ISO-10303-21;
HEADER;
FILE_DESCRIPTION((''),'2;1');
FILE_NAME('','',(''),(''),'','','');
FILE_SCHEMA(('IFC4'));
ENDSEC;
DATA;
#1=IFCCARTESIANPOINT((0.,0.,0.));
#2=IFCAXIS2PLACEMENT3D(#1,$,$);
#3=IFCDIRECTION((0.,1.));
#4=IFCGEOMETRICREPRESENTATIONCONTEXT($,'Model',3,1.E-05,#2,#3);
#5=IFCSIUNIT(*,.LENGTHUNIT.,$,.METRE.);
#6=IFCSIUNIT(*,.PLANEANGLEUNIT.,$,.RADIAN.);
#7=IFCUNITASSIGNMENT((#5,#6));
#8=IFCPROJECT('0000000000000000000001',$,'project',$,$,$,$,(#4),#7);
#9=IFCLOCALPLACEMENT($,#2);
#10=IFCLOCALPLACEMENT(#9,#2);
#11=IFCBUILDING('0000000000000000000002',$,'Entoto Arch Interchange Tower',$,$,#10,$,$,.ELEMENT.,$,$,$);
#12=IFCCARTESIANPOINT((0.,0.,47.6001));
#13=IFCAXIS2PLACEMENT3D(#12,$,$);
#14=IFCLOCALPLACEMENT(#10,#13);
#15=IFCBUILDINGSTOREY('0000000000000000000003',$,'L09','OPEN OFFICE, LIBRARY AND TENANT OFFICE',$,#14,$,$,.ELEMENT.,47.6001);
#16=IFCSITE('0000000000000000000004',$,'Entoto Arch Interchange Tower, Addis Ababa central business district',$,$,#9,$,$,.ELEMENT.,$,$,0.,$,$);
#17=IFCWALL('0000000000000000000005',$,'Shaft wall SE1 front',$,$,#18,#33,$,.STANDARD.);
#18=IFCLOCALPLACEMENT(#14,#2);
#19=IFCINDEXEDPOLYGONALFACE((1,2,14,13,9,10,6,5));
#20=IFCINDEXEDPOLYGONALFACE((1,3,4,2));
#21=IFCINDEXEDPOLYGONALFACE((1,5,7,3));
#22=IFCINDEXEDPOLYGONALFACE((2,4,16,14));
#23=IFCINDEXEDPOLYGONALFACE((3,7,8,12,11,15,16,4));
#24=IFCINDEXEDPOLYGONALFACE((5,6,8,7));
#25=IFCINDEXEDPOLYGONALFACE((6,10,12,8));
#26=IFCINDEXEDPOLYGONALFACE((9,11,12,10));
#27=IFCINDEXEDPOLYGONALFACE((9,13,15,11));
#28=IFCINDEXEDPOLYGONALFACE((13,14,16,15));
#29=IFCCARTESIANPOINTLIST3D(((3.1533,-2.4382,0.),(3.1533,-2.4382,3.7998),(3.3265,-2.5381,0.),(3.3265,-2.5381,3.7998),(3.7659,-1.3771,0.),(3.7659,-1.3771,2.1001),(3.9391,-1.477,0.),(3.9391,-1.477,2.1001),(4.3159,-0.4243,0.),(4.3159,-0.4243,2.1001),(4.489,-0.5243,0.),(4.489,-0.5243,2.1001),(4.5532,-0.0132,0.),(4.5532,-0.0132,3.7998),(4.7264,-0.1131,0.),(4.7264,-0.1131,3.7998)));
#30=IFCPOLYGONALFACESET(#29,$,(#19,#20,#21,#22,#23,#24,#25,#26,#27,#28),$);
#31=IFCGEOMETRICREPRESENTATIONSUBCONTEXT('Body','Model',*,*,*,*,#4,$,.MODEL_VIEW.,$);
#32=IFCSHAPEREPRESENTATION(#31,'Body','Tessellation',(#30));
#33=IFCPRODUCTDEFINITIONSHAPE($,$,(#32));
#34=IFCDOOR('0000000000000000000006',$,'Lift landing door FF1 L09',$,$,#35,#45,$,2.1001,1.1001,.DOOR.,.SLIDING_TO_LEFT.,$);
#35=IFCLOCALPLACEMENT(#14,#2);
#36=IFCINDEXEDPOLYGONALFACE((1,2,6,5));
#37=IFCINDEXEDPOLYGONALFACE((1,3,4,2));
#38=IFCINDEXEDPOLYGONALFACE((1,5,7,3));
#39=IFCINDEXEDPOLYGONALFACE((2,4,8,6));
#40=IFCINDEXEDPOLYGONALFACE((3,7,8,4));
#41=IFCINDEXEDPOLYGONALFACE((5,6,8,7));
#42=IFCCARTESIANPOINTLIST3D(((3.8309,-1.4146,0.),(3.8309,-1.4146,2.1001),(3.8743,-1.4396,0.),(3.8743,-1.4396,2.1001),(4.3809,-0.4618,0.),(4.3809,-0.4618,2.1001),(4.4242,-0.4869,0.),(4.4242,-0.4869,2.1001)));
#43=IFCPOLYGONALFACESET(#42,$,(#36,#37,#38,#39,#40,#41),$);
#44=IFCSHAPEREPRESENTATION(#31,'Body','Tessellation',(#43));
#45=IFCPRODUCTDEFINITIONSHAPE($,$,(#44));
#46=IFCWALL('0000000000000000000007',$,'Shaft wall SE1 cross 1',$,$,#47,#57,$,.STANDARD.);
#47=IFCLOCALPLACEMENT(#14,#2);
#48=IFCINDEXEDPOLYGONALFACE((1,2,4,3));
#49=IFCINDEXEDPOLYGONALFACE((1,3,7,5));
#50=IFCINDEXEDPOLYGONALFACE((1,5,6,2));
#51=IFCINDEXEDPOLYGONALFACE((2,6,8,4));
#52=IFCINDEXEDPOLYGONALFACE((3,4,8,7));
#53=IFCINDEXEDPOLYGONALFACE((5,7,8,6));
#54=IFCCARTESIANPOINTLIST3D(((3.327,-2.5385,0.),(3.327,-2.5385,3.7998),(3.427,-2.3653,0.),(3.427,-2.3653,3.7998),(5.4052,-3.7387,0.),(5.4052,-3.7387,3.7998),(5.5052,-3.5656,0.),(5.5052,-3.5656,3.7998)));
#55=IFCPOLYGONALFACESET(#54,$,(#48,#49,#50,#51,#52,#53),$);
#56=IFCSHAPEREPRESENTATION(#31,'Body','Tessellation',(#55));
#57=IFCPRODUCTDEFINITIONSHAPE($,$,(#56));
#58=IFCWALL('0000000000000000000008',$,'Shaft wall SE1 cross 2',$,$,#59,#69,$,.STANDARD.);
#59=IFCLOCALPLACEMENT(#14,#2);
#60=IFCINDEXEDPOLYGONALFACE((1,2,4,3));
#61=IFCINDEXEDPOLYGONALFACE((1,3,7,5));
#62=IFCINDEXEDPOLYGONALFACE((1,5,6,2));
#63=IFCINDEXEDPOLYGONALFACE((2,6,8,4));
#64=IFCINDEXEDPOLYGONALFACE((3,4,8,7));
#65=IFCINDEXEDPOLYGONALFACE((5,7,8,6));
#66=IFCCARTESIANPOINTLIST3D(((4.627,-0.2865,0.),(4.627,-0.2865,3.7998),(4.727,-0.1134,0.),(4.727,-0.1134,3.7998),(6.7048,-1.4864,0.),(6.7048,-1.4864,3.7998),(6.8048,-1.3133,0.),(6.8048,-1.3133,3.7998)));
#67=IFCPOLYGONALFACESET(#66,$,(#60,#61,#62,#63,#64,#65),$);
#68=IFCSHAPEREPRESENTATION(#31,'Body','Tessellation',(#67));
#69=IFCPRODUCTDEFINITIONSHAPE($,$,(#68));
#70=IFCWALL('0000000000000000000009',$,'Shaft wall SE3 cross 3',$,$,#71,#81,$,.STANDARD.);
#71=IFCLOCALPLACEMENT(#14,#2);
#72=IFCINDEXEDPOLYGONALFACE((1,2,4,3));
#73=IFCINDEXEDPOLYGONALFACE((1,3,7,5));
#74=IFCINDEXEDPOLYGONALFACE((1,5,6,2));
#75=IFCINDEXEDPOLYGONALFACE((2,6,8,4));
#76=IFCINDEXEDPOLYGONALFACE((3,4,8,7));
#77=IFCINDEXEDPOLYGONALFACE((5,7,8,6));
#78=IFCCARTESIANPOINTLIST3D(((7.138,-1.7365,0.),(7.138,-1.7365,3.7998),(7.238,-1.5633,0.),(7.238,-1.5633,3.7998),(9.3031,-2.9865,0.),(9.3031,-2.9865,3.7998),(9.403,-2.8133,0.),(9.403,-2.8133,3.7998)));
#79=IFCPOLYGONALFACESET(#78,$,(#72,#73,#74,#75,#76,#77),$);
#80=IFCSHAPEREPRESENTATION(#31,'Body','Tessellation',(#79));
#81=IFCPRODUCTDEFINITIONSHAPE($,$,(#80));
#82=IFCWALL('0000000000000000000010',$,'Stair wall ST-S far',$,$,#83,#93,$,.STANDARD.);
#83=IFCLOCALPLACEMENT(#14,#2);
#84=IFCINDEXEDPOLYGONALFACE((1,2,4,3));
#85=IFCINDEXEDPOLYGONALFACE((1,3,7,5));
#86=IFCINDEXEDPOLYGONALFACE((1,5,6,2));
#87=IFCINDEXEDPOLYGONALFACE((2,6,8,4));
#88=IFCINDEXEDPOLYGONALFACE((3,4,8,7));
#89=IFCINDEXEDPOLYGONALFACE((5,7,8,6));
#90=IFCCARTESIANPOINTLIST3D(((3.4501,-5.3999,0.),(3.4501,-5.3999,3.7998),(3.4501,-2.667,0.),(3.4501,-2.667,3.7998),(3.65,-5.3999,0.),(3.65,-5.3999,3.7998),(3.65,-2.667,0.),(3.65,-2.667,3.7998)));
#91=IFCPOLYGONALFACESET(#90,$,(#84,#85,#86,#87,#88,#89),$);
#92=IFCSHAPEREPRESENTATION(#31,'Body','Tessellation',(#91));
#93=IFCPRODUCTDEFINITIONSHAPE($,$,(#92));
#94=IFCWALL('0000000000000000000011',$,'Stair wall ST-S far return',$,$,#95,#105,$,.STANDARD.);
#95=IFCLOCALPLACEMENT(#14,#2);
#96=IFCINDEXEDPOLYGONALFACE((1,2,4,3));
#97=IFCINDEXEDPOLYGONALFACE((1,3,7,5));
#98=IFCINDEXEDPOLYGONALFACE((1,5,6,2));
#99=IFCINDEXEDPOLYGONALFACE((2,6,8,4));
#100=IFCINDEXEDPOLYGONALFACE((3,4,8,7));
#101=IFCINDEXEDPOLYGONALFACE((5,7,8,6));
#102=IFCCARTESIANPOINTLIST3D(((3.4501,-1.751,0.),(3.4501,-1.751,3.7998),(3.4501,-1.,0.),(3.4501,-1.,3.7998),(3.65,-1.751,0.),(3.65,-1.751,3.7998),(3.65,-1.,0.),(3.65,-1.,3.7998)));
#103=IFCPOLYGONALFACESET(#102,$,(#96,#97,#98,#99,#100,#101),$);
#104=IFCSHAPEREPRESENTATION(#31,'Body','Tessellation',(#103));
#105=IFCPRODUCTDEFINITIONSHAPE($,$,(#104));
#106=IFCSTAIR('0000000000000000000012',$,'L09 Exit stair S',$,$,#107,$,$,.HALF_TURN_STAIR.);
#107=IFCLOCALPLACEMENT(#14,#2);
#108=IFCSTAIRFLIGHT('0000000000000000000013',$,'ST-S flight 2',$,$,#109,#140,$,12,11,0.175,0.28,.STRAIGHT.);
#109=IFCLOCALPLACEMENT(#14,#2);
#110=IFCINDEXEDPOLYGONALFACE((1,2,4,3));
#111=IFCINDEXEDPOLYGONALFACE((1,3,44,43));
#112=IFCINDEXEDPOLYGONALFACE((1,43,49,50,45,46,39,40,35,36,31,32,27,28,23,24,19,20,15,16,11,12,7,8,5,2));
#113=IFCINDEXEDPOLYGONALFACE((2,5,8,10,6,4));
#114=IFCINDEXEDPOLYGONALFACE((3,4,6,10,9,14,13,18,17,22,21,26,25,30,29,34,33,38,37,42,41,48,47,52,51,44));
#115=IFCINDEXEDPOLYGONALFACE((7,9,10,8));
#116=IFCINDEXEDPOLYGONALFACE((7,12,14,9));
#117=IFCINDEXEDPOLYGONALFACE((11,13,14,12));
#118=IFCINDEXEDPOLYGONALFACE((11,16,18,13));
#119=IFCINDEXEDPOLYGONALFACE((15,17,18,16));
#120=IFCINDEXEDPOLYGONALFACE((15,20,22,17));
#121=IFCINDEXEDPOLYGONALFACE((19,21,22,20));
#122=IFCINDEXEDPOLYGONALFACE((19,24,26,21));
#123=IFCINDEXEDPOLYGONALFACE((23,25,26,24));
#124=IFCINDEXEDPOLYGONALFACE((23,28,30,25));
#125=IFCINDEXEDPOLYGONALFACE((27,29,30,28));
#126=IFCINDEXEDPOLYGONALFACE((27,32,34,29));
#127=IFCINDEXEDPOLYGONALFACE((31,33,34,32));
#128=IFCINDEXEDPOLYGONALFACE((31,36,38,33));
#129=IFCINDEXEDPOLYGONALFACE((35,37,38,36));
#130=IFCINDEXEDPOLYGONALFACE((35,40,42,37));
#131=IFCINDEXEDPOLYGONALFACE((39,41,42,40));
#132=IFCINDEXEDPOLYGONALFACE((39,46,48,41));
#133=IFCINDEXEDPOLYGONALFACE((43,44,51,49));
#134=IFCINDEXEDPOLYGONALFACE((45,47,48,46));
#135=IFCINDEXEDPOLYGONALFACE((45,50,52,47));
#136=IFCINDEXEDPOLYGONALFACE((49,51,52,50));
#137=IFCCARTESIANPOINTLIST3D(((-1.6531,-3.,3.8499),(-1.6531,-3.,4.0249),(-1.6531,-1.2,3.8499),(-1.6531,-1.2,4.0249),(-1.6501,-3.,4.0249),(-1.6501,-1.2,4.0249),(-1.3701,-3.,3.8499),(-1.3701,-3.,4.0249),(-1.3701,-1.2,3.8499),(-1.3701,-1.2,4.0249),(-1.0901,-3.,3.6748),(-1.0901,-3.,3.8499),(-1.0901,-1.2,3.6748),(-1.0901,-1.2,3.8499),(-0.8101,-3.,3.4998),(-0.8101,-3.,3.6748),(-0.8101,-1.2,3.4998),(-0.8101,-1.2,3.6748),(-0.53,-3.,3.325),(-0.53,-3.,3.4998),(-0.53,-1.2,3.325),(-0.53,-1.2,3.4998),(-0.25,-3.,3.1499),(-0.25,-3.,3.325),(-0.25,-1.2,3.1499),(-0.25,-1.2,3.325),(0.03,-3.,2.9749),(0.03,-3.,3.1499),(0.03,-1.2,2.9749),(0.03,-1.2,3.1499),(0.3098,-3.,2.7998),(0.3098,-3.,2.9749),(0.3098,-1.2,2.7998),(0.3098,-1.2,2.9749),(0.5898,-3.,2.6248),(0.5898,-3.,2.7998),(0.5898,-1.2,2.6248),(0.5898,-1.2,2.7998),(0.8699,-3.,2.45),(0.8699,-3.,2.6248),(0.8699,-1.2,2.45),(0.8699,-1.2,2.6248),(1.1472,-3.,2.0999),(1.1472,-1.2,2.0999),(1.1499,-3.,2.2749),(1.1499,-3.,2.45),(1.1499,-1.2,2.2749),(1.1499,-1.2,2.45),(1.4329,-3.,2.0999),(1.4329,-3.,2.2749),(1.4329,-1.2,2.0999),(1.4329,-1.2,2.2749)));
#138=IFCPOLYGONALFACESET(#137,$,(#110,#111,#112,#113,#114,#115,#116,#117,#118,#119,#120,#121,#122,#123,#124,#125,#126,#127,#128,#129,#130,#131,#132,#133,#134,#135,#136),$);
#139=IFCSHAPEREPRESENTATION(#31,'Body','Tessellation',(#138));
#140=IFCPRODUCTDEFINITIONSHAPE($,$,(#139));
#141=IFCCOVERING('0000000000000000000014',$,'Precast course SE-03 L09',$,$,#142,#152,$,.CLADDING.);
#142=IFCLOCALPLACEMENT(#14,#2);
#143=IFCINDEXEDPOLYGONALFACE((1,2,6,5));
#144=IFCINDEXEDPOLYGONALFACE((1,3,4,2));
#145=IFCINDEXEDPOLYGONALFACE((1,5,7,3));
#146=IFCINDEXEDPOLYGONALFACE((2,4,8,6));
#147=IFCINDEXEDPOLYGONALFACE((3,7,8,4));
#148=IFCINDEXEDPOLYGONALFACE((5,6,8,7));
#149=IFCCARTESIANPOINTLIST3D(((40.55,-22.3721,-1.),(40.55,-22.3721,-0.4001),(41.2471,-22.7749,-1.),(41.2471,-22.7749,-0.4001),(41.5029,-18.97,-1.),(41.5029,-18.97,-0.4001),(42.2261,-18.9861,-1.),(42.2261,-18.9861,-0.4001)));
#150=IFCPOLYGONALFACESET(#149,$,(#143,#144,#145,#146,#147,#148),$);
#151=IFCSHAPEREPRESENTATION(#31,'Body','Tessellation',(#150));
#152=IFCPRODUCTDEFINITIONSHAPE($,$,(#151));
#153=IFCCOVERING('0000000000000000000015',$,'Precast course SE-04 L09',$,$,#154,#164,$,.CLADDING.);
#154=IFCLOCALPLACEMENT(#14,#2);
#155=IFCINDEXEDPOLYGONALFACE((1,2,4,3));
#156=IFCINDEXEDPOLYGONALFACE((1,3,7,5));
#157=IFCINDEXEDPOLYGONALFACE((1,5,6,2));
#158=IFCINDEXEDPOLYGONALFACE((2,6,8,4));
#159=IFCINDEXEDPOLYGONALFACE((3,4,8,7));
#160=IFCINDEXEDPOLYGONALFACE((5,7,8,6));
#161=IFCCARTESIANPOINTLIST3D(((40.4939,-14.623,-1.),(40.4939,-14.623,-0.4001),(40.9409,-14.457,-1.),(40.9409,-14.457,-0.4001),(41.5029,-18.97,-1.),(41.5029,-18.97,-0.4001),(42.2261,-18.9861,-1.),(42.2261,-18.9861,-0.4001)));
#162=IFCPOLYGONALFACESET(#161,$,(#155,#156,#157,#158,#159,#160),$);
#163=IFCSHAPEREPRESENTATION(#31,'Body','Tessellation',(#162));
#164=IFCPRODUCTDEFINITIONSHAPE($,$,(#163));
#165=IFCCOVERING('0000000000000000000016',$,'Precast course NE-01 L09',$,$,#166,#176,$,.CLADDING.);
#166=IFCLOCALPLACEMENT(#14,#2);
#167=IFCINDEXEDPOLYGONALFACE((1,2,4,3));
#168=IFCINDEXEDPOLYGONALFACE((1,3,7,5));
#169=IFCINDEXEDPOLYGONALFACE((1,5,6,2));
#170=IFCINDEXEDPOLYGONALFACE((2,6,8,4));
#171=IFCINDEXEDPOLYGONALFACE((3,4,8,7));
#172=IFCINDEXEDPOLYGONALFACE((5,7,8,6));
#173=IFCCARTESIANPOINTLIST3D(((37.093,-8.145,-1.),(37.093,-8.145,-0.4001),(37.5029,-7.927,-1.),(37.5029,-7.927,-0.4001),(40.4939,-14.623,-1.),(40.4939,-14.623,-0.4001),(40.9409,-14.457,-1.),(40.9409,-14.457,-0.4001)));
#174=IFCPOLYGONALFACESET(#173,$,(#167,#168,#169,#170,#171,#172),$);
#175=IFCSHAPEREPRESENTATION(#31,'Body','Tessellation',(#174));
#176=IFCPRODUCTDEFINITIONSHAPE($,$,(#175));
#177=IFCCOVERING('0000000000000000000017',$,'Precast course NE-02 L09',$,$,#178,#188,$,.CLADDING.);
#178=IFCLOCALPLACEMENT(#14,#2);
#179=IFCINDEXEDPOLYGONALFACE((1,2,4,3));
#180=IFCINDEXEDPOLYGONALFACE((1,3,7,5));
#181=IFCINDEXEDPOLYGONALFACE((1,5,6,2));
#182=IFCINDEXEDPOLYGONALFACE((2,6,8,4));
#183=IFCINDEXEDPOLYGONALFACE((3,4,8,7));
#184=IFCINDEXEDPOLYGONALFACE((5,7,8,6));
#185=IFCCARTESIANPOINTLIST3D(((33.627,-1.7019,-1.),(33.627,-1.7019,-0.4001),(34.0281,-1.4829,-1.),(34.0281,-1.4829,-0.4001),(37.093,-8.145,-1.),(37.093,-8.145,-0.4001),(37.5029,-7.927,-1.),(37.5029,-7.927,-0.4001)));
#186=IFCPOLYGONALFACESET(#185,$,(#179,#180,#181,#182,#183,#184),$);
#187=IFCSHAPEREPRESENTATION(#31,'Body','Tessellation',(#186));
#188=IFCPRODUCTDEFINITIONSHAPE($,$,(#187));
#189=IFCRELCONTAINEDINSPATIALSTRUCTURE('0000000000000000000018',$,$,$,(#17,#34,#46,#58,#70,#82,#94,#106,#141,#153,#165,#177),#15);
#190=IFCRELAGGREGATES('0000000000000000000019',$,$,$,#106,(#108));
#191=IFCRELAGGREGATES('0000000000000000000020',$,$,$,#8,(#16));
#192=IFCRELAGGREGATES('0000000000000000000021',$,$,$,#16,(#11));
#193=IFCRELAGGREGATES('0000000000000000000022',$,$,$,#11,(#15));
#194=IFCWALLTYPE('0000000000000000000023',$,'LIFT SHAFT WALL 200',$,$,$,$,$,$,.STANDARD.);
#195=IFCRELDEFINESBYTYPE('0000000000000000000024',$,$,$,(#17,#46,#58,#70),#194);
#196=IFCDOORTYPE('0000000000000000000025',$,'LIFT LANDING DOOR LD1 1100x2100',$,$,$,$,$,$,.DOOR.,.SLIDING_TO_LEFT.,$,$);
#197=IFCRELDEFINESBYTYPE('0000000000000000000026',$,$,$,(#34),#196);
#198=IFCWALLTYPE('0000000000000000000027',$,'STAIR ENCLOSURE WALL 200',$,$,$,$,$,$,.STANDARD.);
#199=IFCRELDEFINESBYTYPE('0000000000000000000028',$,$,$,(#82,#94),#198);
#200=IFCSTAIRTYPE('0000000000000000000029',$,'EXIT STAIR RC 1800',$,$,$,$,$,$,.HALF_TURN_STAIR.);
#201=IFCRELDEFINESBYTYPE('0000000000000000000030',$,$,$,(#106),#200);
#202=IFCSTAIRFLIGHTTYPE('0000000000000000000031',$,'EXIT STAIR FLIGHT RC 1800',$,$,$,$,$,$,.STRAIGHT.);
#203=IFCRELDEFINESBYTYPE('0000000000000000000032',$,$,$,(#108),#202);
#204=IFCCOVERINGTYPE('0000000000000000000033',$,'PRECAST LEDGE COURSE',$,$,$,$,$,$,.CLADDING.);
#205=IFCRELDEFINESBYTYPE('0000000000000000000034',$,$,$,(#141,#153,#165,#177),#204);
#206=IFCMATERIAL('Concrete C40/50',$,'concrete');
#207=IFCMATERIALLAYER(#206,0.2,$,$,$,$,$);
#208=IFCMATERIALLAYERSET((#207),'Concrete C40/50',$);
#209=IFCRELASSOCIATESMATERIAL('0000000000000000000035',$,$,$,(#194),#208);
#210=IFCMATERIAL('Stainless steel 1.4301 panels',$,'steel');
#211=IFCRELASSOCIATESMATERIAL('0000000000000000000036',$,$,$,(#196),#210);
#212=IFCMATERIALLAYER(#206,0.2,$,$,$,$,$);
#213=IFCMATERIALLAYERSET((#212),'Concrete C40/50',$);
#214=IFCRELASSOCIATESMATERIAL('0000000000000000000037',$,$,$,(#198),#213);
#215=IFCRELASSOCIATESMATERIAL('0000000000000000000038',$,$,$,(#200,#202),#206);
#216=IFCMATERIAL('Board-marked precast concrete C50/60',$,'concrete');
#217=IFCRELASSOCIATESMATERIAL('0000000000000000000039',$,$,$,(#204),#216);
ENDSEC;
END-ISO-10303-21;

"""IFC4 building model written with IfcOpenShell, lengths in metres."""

from ifc_helpers import new_model, si_unit, direction, frame, frame_2d, origin, place, context, subcontext, project, spatial, polyline, rectangle, outline, extrude, material, layer, layer_set, type_object, element, fill, aggregate, save


model = new_model("IFC4")

# Units and contexts
model_context = context("Model", 3, precision=1e-05, world=origin(), true_north=direction((0.0, 1.0)))
body_context = subcontext(model_context, "Body", "Model", "MODEL_VIEW")
ifc_project = project(units=[si_unit("LENGTHUNIT", "METRE"), si_unit("PLANEANGLEUNIT", "RADIAN")], contexts=[model_context])

# Site, building, storey
site_placement = place(None, origin())
site = spatial("IfcSite", under=ifc_project, at=site_placement, Name="Entoto Arch Interchange Tower, Addis Ababa central business district", CompositionType="ELEMENT", RefElevation=0.0)
building_placement = place(site_placement, origin())
building = spatial("IfcBuilding", under=site, at=building_placement, Name="Entoto Arch Interchange Tower", CompositionType="ELEMENT")
storey_placement = place(building_placement, frame((0.0, 0.0, 47.6001)))
storey = spatial("IfcBuildingStorey", under=building, at=storey_placement, Name="L09", Description="OPEN OFFICE, LIBRARY AND TENANT OFFICE", CompositionType="ELEMENT", Elevation=47.6001)

# Wall, opening, door
ifc_material_1 = material(Name="Concrete C40/50", Category="concrete")
ifc_layer_1 = layer(ifc_material_1, 0.2)
ifc_layer_set_1 = layer_set([ifc_layer_1], Name="Concrete C40/50")
wall_type_1 = type_object("IfcWallType", Name="LIFT SHAFT WALL 200", PredefinedType="STANDARD", material=ifc_layer_set_1)
wall_1_placement = place(storey_placement, frame((3.24, -2.488, 0.0), z_axis=(0.0, 0.0, 1.0), x_axis=(0.499946, 0.866056, 0.0)))
wall_1 = element("IfcWall", 1, at=wall_1_placement, inside=storey, type_object=wall_type_1, Name="Shaft wall SE1 front", PredefinedType="STANDARD", context=body_context, shape_type="SweptSolid", body=[
    extrude(rectangle(XDim=2.8, YDim=0.2, at=frame_2d((1.3999, 0.0))), origin(), (0.0, 0.0, 1.0), 3.7998),
])
opening_placement = place(wall_1_placement, frame((1.2251, 0.0, 0.0)))
opening = element("IfcOpeningElement", 2, at=opening_placement, cuts=wall_1, PredefinedType="OPENING", context=body_context, shape_type="SweptSolid", body=[
    extrude(rectangle(XDim=1.1001, YDim=2.1001, at=frame_2d((0.55, 1.05))), frame((0.0, 0.1099, 0.0), z_axis=(0.0, -1.0, 0.0), x_axis=(1.0, 0.0, 0.0)), (0.0, 0.0, 1.0), 0.22),
])
ifc_material_2 = material(Name="Stainless steel 1.4301 panels", Category="steel")
door_type = type_object("IfcDoorType", Name="LIFT LANDING DOOR LD1 1100x2100", OperationType="SLIDING_TO_LEFT", PredefinedType="DOOR", material=ifc_material_2)
door_placement = place(opening_placement, origin())
door = element("IfcDoor", 3, at=door_placement, inside=storey, type_object=door_type, Name="Lift landing door FF1 L09", OperationType="SLIDING_TO_LEFT", OverallHeight=2.1001, OverallWidth=1.1001, PredefinedType="DOOR", context=body_context, shape_type="SweptSolid", body=[
    extrude(rectangle(XDim=1.1001, YDim=2.1001, at=frame_2d((0.55, 1.05))), frame((0.0, 0.0249, 0.0), z_axis=(0.0, -1.0, 0.0), x_axis=(1.0, 0.0, 0.0)), (0.0, 0.0, 1.0), 0.05),
])
fill(opening, door)

# Walls
wall_2_placement = place(storey_placement, frame((3.377, -2.4519, 0.0), z_axis=(0.0, 0.0, 1.0), x_axis=(0.865955, -0.500122, 0.0)))
element("IfcWall", 4, at=wall_2_placement, inside=storey, type_object=wall_type_1, Name="Shaft wall SE1 cross 1", PredefinedType="STANDARD", context=body_context, shape_type="SweptSolid", body=[
    extrude(rectangle(XDim=2.3999, YDim=0.2, at=frame_2d((1.2, 0.0))), origin(), (0.0, 0.0, 1.0), 3.7998),
])
wall_3_placement = place(storey_placement, frame((4.677, -0.2, 0.0), z_axis=(0.0, 0.0, 1.0), x_axis=(0.865974, -0.500089, 0.0)))
element("IfcWall", 5, at=wall_3_placement, inside=storey, type_object=wall_type_1, Name="Shaft wall SE1 cross 2", PredefinedType="STANDARD", context=body_context, shape_type="SweptSolid", body=[
    extrude(rectangle(XDim=2.3994, YDim=0.2, at=frame_2d((1.1997, 0.0))), origin(), (0.0, 0.0, 1.0), 3.7998),
])
wall_4_placement = place(storey_placement, frame((7.188, -1.6499, 0.0), z_axis=(0.0, 0.0, 1.0), x_axis=(0.866023, -0.500004, 0.0)))
element("IfcWall", 6, at=wall_4_placement, inside=storey, type_object=wall_type_1, Name="Shaft wall SE3 cross 3", PredefinedType="STANDARD", context=body_context, shape_type="SweptSolid", body=[
    extrude(rectangle(XDim=2.5, YDim=0.2, at=frame_2d((1.25, 0.0))), origin(), (0.0, 0.0, 1.0), 3.7998),
])
ifc_layer_2 = layer(ifc_material_1, 0.2)
ifc_layer_set_2 = layer_set([ifc_layer_2], Name="Concrete C40/50")
wall_type_2 = type_object("IfcWallType", Name="STAIR ENCLOSURE WALL 200", PredefinedType="STANDARD", material=ifc_layer_set_2)
wall_5_placement = place(storey_placement, frame((3.55, -2.667, 0.0), z_axis=(0.0, 0.0, 1.0), x_axis=(0.0, -1.0, 0.0)))
element("IfcWall", 7, at=wall_5_placement, inside=storey, type_object=wall_type_2, Name="Stair wall ST-S far", PredefinedType="STANDARD", context=body_context, shape_type="SweptSolid", body=[
    extrude(rectangle(XDim=2.7329, YDim=0.2, at=frame_2d((1.3665, 0.0))), origin(), (0.0, 0.0, 1.0), 3.7998),
])
wall_6_placement = place(storey_placement, frame((3.55, -1.0, 0.0), z_axis=(0.0, 0.0, 1.0), x_axis=(0.0, -1.0, 0.0)))
element("IfcWall", 8, at=wall_6_placement, inside=storey, type_object=wall_type_2, Name="Stair wall ST-S far return", PredefinedType="STANDARD", context=body_context, shape_type="SweptSolid", body=[
    extrude(rectangle(XDim=0.751, YDim=0.2, at=frame_2d((0.3755, 0.0))), origin(), (0.0, 0.0, 1.0), 3.7998),
])

# Stair, stair flight
stair_type = type_object("IfcStairType", Name="EXIT STAIR RC 1800", PredefinedType="HALF_TURN_STAIR", material=ifc_material_1)
stair_placement = place(storey_placement, origin())
stair = element("IfcStair", 9, at=stair_placement, inside=storey, type_object=stair_type, Name="L09 Exit stair S", PredefinedType="HALF_TURN_STAIR")
stair_flight_type = type_object("IfcStairFlightType", Name="EXIT STAIR FLIGHT RC 1800", PredefinedType="STRAIGHT", material=ifc_material_1)
stair_flight_placement = place(storey_placement, frame((1.4299, -2.1001, 2.0999), z_axis=(0.0, 0.0, 1.0), x_axis=(-1.0, 0.0, 0.0)))
stair_flight = element("IfcStairFlight", 10, at=stair_flight_placement, type_object=stair_flight_type, Name="ST-S flight 2", NumberOfRisers=12, NumberOfTreads=11, PredefinedType="STRAIGHT", RiserHeight=0.175, TreadLength=0.28, context=body_context, shape_type="SweptSolid", body=[
    extrude(outline(polyline([(-0.0029, 0.0), (-0.0029, 0.175), (0.28, 0.175), (0.28, 0.3501), (0.5601, 0.3501), (0.5601, 0.5249), (0.8401, 0.5249), (0.8401, 0.7), (1.1201, 0.7), (1.1201, 0.875), (1.3999, 0.875), (1.3999, 1.05), (1.6799, 1.05), (1.6799, 1.2251), (1.96, 1.2251), (1.96, 1.3999), (2.24, 1.3999), (2.24, 1.575), (2.52, 1.575), (2.52, 1.75), (2.8, 1.75), (2.8, 1.925), (3.0801, 1.925), (3.083, 1.925), (3.083, 1.75), (0.2827, 0.0), (-0.0029, 0.0)])), frame((0.0, 0.8999, 0.0), z_axis=(0.0, -1.0, 0.0), x_axis=(1.0, 0.0, 0.0)), (0.0, 0.0, 1.0), 1.8),
])
aggregate(stair, [stair_flight])

# Coverings
ifc_material_3 = material(Name="Board-marked precast concrete C50/60", Category="concrete")
covering_type = type_object("IfcCoveringType", Name="PRECAST LEDGE COURSE", PredefinedType="CLADDING", material=ifc_material_3)
covering_1_placement = place(storey_placement, frame((0.0, 0.0, -1.0)))
element("IfcCovering", 11, at=covering_1_placement, inside=storey, type_object=covering_type, Name="Precast course SE-03 L09", PredefinedType="CLADDING", context=body_context, shape_type="SweptSolid", body=[
    extrude(outline(polyline([(41.5029, -18.97), (42.2261, -18.9861), (41.2471, -22.7749), (40.55, -22.3721), (41.5029, -18.97)])), origin(), (0.0, 0.0, 1.0), 0.5999),
])
covering_2_placement = place(storey_placement, frame((0.0, 0.0, -1.0)))
element("IfcCovering", 12, at=covering_2_placement, inside=storey, type_object=covering_type, Name="Precast course SE-04 L09", PredefinedType="CLADDING", context=body_context, shape_type="SweptSolid", body=[
    extrude(outline(polyline([(40.4939, -14.623), (40.9409, -14.457), (42.2261, -18.9861), (41.5029, -18.97), (40.4939, -14.623)])), origin(), (0.0, 0.0, 1.0), 0.5999),
])
covering_3_placement = place(storey_placement, frame((0.0, 0.0, -1.0)))
element("IfcCovering", 13, at=covering_3_placement, inside=storey, type_object=covering_type, Name="Precast course NE-01 L09", PredefinedType="CLADDING", context=body_context, shape_type="SweptSolid", body=[
    extrude(outline(polyline([(37.093, -8.145), (37.5029, -7.927), (40.9409, -14.457), (40.4939, -14.623), (37.093, -8.145)])), origin(), (0.0, 0.0, 1.0), 0.5999),
])
covering_4_placement = place(storey_placement, frame((0.0, 0.0, -1.0)))
element("IfcCovering", 14, at=covering_4_placement, inside=storey, type_object=covering_type, Name="Precast course NE-02 L09", PredefinedType="CLADDING", context=body_context, shape_type="SweptSolid", body=[
    extrude(outline(polyline([(33.627, -1.7019), (34.0281, -1.4829), (37.5029, -7.927), (37.093, -8.145), (33.627, -1.7019)])), origin(), (0.0, 0.0, 1.0), 0.5999),
])

save(model, "model.ifc")
